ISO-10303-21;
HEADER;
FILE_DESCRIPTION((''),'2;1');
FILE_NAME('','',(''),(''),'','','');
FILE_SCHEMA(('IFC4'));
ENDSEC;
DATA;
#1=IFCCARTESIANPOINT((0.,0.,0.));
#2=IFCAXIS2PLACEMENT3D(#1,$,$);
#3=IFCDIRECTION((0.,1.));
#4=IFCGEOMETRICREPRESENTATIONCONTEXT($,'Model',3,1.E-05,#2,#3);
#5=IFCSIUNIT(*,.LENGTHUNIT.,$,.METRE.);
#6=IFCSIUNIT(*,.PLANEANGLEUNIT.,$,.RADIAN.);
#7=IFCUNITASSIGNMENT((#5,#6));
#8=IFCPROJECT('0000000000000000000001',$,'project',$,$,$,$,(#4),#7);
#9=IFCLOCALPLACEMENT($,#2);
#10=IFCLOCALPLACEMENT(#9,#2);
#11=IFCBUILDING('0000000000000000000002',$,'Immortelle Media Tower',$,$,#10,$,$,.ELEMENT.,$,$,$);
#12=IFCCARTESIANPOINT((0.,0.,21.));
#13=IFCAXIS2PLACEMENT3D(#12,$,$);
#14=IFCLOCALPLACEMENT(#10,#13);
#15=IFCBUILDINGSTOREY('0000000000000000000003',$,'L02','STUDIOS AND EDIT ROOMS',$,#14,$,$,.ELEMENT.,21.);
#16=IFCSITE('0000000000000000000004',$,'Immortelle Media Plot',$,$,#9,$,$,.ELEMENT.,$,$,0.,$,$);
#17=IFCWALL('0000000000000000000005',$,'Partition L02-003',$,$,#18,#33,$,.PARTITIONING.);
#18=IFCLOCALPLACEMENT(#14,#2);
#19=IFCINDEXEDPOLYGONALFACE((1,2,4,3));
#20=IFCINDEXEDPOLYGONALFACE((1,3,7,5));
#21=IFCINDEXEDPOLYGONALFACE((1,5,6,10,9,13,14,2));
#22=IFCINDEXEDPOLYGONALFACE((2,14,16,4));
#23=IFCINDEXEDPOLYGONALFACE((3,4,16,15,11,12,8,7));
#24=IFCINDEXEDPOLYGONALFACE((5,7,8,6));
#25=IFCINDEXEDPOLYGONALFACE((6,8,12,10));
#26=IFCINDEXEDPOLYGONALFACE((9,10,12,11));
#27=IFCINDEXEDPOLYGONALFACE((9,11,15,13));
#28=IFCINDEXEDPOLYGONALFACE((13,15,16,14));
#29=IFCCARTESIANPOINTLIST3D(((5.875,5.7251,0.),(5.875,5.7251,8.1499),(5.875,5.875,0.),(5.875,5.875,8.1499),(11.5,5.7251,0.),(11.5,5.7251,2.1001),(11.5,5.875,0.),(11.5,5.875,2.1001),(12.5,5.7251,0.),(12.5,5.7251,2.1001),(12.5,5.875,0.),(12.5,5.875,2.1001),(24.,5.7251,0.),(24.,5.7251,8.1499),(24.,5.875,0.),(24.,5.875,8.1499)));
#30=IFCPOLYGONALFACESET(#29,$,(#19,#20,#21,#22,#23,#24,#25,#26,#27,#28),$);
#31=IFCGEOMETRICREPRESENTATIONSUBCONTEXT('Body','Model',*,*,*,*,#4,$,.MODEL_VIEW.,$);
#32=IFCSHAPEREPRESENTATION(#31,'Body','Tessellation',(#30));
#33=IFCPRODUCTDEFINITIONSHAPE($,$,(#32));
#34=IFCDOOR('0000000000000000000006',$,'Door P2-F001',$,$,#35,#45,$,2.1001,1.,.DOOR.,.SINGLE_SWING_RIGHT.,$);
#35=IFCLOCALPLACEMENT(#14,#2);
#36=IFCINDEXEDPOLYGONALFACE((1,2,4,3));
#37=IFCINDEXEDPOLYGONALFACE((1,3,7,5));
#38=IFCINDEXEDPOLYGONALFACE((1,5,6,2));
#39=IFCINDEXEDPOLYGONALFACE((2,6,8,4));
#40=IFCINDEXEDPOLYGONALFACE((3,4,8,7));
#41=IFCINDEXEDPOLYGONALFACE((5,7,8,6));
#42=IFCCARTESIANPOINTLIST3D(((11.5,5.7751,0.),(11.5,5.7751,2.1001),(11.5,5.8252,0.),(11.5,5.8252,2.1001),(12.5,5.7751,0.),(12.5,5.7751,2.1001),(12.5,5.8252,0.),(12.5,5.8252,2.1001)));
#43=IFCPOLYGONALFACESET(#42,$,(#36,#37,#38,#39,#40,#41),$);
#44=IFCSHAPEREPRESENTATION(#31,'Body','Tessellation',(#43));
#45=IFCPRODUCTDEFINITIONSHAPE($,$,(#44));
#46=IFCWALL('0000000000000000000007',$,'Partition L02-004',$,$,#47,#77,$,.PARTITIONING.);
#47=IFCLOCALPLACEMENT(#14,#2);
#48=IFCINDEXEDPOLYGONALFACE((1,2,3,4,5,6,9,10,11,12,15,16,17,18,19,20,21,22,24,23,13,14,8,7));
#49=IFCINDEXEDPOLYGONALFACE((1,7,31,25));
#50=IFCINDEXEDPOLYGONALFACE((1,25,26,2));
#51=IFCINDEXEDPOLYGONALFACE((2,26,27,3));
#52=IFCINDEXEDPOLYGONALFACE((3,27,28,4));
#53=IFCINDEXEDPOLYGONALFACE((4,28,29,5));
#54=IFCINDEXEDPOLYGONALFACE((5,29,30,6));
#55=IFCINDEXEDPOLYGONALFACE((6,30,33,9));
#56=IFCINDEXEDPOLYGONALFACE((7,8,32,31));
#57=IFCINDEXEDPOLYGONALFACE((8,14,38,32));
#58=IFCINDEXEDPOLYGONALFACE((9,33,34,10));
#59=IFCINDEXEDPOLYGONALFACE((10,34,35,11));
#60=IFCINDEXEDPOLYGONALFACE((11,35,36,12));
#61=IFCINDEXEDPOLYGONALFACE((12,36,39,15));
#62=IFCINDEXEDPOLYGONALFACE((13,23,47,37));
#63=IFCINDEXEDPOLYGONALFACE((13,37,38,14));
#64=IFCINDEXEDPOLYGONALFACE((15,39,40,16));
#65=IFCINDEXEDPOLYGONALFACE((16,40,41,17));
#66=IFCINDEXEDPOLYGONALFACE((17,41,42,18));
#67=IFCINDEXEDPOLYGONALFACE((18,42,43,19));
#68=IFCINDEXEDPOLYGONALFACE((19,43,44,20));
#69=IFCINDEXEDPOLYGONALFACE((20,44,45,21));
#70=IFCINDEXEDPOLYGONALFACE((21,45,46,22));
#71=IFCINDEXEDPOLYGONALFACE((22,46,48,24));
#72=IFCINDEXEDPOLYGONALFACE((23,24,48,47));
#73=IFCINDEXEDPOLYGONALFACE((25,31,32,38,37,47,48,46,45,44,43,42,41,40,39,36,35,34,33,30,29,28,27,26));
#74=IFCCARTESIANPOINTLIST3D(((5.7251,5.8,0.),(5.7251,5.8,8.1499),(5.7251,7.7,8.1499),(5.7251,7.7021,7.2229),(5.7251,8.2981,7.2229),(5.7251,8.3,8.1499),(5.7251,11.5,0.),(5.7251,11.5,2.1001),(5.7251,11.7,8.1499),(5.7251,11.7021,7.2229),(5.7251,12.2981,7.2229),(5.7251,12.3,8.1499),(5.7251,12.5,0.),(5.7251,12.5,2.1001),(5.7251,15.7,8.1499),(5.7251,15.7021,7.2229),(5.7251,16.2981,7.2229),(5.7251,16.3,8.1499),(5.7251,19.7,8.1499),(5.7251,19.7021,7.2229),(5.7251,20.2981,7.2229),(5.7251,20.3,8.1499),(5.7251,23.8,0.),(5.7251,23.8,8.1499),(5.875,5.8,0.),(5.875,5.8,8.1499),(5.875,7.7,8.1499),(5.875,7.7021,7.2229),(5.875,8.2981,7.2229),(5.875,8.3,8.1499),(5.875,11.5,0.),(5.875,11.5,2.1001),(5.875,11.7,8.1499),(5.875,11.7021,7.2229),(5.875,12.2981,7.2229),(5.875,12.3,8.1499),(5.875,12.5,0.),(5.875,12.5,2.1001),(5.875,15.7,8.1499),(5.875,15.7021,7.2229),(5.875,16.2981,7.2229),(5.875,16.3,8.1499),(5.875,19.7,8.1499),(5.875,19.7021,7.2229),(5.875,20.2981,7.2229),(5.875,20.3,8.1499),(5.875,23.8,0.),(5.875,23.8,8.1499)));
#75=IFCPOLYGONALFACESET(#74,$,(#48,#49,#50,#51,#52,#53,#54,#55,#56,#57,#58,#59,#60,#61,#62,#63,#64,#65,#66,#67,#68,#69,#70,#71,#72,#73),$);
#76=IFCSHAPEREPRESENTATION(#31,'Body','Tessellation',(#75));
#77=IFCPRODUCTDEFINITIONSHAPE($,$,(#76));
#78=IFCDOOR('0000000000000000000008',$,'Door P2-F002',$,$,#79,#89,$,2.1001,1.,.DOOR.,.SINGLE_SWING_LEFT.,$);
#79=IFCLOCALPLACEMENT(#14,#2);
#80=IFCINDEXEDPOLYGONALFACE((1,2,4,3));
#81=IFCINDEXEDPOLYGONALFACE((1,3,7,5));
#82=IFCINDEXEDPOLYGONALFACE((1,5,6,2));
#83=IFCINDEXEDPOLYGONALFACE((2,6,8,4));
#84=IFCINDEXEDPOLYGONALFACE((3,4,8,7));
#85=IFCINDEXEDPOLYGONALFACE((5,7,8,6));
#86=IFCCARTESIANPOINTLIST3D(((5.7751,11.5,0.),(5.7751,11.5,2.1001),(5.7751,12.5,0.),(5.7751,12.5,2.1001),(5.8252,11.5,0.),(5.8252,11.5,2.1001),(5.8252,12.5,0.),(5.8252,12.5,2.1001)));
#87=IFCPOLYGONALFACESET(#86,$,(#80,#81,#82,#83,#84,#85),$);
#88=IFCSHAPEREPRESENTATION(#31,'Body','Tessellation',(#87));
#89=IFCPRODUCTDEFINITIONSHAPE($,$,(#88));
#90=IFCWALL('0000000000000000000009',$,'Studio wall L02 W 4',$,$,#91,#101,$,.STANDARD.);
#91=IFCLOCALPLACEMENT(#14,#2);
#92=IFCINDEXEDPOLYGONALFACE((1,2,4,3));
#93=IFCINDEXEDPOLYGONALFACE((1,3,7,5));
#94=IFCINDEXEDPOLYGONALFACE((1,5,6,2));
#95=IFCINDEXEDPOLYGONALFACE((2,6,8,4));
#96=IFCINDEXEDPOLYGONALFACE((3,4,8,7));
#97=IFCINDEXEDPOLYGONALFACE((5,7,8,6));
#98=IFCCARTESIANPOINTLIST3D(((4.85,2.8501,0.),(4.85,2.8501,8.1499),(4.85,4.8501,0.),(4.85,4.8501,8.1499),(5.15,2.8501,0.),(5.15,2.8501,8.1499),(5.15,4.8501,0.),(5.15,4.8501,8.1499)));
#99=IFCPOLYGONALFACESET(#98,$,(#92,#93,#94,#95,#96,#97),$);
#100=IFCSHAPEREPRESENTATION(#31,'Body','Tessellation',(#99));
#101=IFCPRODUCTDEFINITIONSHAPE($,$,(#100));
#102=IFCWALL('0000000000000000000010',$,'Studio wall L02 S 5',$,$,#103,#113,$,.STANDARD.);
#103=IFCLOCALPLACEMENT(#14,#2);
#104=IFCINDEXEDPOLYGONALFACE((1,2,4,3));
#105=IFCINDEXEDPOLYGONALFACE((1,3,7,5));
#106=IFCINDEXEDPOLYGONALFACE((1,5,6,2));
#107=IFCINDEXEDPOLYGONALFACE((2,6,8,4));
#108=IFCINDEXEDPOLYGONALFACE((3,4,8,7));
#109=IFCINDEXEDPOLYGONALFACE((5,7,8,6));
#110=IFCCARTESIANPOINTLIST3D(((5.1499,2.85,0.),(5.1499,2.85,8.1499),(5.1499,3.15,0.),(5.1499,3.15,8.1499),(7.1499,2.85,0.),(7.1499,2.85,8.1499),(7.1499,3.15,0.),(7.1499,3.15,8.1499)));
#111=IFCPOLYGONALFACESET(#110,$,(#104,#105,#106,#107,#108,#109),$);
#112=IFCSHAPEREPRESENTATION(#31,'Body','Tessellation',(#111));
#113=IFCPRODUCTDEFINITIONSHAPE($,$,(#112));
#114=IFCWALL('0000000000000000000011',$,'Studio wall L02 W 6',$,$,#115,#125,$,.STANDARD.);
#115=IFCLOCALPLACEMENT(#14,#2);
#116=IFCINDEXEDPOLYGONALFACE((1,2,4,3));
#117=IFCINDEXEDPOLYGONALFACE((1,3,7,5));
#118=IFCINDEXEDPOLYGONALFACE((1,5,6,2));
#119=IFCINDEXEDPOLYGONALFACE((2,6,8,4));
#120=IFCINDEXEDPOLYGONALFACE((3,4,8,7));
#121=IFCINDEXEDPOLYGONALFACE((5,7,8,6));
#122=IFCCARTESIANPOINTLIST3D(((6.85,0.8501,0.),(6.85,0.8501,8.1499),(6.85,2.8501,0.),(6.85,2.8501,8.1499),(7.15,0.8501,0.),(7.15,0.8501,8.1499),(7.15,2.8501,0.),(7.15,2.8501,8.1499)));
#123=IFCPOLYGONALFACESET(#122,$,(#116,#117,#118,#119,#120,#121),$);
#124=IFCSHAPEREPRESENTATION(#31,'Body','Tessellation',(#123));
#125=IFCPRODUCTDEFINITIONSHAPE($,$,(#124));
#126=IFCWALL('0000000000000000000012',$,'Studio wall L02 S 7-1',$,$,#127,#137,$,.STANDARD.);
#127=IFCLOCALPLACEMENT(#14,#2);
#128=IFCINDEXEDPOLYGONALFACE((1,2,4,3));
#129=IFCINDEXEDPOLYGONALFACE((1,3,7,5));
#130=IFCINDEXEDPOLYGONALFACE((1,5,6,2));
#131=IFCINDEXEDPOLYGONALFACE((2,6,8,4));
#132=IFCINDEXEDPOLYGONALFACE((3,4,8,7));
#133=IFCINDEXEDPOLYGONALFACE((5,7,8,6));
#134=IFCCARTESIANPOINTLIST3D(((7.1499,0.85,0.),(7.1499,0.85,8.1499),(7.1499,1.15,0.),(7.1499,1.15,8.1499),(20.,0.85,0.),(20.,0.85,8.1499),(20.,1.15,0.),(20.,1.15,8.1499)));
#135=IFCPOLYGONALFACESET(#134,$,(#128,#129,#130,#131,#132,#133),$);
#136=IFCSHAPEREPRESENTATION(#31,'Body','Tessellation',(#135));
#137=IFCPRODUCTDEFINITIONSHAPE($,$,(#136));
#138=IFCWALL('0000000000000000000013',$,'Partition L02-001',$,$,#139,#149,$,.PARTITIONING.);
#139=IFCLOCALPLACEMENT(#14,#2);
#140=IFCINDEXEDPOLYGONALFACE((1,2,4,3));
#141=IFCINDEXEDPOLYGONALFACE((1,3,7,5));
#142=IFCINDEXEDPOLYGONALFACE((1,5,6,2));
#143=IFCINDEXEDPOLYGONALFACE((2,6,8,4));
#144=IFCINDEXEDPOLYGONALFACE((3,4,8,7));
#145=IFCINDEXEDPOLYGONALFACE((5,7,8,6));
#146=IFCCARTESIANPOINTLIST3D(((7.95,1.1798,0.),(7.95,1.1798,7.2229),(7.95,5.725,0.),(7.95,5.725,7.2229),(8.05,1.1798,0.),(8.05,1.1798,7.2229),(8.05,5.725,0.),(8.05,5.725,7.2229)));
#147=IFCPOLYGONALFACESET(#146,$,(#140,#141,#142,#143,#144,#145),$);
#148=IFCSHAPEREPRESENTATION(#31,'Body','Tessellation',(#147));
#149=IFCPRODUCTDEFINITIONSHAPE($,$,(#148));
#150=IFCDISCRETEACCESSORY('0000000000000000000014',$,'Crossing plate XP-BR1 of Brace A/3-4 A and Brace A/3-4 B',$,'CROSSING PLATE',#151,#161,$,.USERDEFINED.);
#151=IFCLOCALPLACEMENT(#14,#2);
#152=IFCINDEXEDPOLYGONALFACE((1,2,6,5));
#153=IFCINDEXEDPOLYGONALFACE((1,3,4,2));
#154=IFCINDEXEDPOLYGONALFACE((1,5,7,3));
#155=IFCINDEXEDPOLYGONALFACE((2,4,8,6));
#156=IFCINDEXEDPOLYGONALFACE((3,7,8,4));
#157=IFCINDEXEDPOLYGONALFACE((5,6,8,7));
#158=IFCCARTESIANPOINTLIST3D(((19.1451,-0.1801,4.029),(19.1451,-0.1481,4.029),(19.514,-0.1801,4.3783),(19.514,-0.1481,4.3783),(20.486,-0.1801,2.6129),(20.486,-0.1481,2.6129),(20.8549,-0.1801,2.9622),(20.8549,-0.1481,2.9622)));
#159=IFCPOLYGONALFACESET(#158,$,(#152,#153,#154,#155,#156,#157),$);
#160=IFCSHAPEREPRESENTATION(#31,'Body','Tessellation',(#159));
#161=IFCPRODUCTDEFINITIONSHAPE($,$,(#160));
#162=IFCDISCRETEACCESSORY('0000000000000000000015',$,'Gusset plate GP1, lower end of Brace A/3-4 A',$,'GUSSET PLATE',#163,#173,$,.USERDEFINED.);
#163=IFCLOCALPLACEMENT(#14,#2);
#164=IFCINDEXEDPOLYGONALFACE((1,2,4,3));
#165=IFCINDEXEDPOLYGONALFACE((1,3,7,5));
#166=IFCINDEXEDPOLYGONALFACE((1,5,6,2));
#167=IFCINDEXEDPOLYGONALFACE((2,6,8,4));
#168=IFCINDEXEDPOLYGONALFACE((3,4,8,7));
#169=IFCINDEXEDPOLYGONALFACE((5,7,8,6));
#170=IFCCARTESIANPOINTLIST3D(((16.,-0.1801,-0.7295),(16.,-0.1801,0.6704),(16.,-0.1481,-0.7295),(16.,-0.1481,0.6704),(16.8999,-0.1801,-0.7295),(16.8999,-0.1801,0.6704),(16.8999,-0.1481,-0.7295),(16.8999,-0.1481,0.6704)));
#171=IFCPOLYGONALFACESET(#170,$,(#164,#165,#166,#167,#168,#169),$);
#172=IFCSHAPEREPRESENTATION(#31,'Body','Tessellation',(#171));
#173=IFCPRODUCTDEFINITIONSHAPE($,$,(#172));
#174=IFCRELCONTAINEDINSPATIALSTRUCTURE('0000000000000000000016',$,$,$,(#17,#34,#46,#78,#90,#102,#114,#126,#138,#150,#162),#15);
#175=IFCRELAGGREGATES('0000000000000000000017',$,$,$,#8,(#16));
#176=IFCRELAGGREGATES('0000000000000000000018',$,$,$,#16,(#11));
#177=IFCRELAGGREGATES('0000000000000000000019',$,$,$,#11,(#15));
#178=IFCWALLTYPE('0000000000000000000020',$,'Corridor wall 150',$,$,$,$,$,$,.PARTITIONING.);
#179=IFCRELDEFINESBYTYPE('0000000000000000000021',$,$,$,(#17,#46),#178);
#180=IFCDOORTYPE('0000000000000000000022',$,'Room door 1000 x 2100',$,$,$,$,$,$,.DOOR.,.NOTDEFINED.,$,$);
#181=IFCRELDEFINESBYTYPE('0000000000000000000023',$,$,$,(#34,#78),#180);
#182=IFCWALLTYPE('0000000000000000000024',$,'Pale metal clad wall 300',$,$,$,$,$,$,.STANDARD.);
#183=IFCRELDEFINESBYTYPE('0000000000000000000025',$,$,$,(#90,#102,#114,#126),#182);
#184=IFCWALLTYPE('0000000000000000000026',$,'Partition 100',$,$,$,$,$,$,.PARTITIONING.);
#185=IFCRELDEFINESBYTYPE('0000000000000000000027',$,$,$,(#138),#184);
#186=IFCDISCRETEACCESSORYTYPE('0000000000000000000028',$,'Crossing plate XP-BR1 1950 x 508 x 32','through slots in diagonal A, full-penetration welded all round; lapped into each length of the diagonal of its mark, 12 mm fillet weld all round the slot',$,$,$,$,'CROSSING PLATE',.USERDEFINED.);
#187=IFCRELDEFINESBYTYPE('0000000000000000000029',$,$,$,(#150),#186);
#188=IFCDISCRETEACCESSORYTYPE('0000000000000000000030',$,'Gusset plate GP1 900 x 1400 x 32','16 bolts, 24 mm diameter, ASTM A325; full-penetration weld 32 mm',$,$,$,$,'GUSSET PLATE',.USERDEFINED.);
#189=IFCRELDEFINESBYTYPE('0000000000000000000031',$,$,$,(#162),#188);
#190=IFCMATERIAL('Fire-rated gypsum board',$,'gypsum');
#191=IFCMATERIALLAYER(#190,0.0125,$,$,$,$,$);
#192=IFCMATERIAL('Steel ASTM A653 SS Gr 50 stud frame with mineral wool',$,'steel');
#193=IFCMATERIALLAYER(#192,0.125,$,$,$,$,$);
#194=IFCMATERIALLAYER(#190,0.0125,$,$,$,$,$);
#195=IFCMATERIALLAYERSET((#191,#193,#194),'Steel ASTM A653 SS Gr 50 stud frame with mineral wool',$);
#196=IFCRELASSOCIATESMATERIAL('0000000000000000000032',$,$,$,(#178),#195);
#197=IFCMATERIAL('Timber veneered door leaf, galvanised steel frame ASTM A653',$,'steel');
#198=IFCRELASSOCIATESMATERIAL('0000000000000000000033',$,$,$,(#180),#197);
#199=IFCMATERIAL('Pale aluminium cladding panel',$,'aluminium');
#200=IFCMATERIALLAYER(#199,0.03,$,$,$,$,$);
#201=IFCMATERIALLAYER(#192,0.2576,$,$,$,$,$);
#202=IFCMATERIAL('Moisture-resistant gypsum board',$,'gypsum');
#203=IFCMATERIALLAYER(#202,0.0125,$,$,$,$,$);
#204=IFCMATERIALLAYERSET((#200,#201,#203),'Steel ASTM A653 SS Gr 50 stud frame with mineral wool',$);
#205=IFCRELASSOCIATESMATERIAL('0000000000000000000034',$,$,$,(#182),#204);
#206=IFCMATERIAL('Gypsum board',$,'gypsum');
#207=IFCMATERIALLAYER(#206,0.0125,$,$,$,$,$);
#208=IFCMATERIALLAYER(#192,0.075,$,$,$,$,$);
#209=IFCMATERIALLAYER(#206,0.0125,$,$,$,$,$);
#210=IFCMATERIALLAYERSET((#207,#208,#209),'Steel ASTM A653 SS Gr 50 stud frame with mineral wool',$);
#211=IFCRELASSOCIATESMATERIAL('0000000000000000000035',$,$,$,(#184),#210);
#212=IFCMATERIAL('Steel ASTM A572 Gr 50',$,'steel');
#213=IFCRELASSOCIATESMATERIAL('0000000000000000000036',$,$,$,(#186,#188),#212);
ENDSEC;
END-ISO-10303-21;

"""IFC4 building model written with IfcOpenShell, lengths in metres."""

from ifc_helpers import new_model, si_unit, direction, frame, frame_2d, origin, origin_2d, place, context, subcontext, project, spatial, polyline, rectangle, outline, extrude, material, layer, layer_set, material_profile, profile_set, type_object, element, fill, save


model = new_model("IFC4")

# Units and contexts
model_context = context("Model", 3, precision=1e-05, world=origin(), true_north=direction((0.0, 1.0)))
body_context = subcontext(model_context, "Body", "Model", "MODEL_VIEW")
ifc_project = project(units=[si_unit("LENGTHUNIT", "METRE"), si_unit("PLANEANGLEUNIT", "RADIAN")], contexts=[model_context])

# Site, building, storey
site_placement = place(None, origin())
site = spatial("IfcSite", under=ifc_project, at=site_placement, Name="Immortelle Media Plot", CompositionType="ELEMENT", RefElevation=0.0)
building_placement = place(site_placement, origin())
building = spatial("IfcBuilding", under=site, at=building_placement, Name="Immortelle Media Tower", CompositionType="ELEMENT")
storey_placement = place(building_placement, frame((0.0, 0.0, 21.0)))
storey = spatial("IfcBuildingStorey", under=building, at=storey_placement, Name="L02", Description="STUDIOS AND EDIT ROOMS", CompositionType="ELEMENT", Elevation=21.0)

# Walls, openings, doors
ifc_material_1 = material(Name="Fire-rated gypsum board", Category="gypsum")
ifc_layer_1 = layer(ifc_material_1, 0.0125)
ifc_material_2 = material(Name="Steel ASTM A653 SS Gr 50 stud frame with mineral wool", Category="steel")
ifc_layer_2 = layer(ifc_material_2, 0.125)
ifc_layer_3 = layer(ifc_material_1, 0.0125)
ifc_layer_set_1 = layer_set([ifc_layer_1, ifc_layer_2, ifc_layer_3], Name="Steel ASTM A653 SS Gr 50 stud frame with mineral wool")
wall_type_1 = type_object("IfcWallType", Name="Corridor wall 150", PredefinedType="PARTITIONING", material=ifc_layer_set_1)
wall_1_placement = place(storey_placement, frame((5.875, 5.8, 0.0), z_axis=(0.0, 0.0, 1.0), x_axis=(1.0, 0.0, 0.0)))
wall_1 = element("IfcWall", 1, at=wall_1_placement, inside=storey, type_object=wall_type_1, Name="Partition L02-003", PredefinedType="PARTITIONING", context=body_context, shape_type="SweptSolid", body=[
    extrude(rectangle(XDim=18.125, YDim=0.1499, at=frame_2d((9.0625, 0.0))), origin(), (0.0, 0.0, 1.0), 8.1499),
])
opening_1_placement = place(wall_1_placement, frame((6.625, 0.0, 0.0), z_axis=(0.0, 0.0, 1.0), x_axis=(-1.0, 0.0, 0.0)))
opening_1 = element("IfcOpeningElement", 2, at=opening_1_placement, cuts=wall_1, PredefinedType="OPENING", context=body_context, shape_type="SweptSolid", body=[
    extrude(rectangle(XDim=1.0, YDim=2.1001, at=frame_2d((0.5, 1.05))), frame((0.0, 0.085, 0.0), z_axis=(0.0, -1.0, 0.0), x_axis=(1.0, 0.0, 0.0)), (0.0, 0.0, 1.0), 0.1699),
])
ifc_material_3 = material(Name="Timber veneered door leaf, galvanised steel frame ASTM A653", Category="steel")
door_type = type_object("IfcDoorType", Name="Room door 1000 x 2100", OperationType="NOTDEFINED", PredefinedType="DOOR", material=ifc_material_3)
door_1_placement = place(opening_1_placement, origin())
door_1 = element("IfcDoor", 3, at=door_1_placement, inside=storey, type_object=door_type, Name="Door P2-F001", OperationType="SINGLE_SWING_RIGHT", OverallHeight=2.1001, OverallWidth=1.0, PredefinedType="DOOR", context=body_context, shape_type="SweptSolid", body=[
    extrude(rectangle(XDim=1.0, YDim=2.1001, at=frame_2d((0.5, 1.05))), frame((0.0, 0.0249, 0.0), z_axis=(0.0, -1.0, 0.0), x_axis=(1.0, 0.0, 0.0)), (0.0, 0.0, 1.0), 0.05),
])
fill(opening_1, door_1)
wall_2_placement = place(storey_placement, frame((5.8, 5.8, 0.0), z_axis=(0.0, 0.0, 1.0), x_axis=(0.0, 1.0, 0.0)))
wall_2 = element("IfcWall", 4, at=wall_2_placement, inside=storey, type_object=wall_type_1, Name="Partition L02-004", PredefinedType="PARTITIONING", context=body_context, shape_type="SweptSolid", body=[
    extrude(outline(polyline([(0.0, 0.0), (18.0, 0.0), (18.0, 8.1499), (14.5, 8.1499), (14.498, 7.2229), (13.9021, 7.2229), (13.8999, 8.1499), (10.5, 8.1499), (10.498, 7.2229), (9.9021, 7.2229), (9.8999, 8.1499), (6.5, 8.1499), (6.498, 7.2229), (5.9021, 7.2229), (5.8999, 8.1499), (2.5, 8.1499), (2.498, 7.2229), (1.9021, 7.2229), (1.8999, 8.1499), (0.0, 8.1499), (0.0, 0.0)])), frame((0.0, 0.075, 0.0), z_axis=(0.0, -1.0, 0.0), x_axis=(1.0, 0.0, 0.0)), (0.0, 0.0, 1.0), 0.1499),
])
opening_2_placement = place(wall_2_placement, frame((5.7, 0.0, 0.0)))
opening_2 = element("IfcOpeningElement", 5, at=opening_2_placement, cuts=wall_2, PredefinedType="OPENING", context=body_context, shape_type="SweptSolid", body=[
    extrude(rectangle(XDim=1.0, YDim=2.1001, at=frame_2d((0.5, 1.05))), frame((0.0, 0.085, 0.0), z_axis=(0.0, -1.0, 0.0), x_axis=(1.0, 0.0, 0.0)), (0.0, 0.0, 1.0), 0.1699),
])
door_2_placement = place(opening_2_placement, origin())
door_2 = element("IfcDoor", 6, at=door_2_placement, inside=storey, type_object=door_type, Name="Door P2-F002", OperationType="SINGLE_SWING_LEFT", OverallHeight=2.1001, OverallWidth=1.0, PredefinedType="DOOR", context=body_context, shape_type="SweptSolid", body=[
    extrude(rectangle(XDim=1.0, YDim=2.1001, at=frame_2d((0.5, 1.05))), frame((0.0, 0.0249, 0.0), z_axis=(0.0, -1.0, 0.0), x_axis=(1.0, 0.0, 0.0)), (0.0, 0.0, 1.0), 0.05),
])
fill(opening_2, door_2)

# Walls
ifc_material_4 = material(Name="Pale aluminium cladding panel", Category="aluminium")
ifc_layer_4 = layer(ifc_material_4, 0.03)
ifc_layer_5 = layer(ifc_material_2, 0.2576)
ifc_material_5 = material(Name="Moisture-resistant gypsum board", Category="gypsum")
ifc_layer_6 = layer(ifc_material_5, 0.0125)
ifc_layer_set_2 = layer_set([ifc_layer_4, ifc_layer_5, ifc_layer_6], Name="Steel ASTM A653 SS Gr 50 stud frame with mineral wool")
wall_type_2 = type_object("IfcWallType", Name="Pale metal clad wall 300", PredefinedType="STANDARD", material=ifc_layer_set_2)
for number, where, z_axis, x_axis, name in (
    (7, (5.0, 4.8501, 0.0), (0.0, 0.0, 1.0), (0.0, -1.0, 0.0), "Studio wall L02 W 4"),
    (8, (5.1499, 3.0, 0.0), (0.0, 0.0, 1.0), (1.0, 0.0, 0.0), "Studio wall L02 S 5"),
    (9, (7.0, 2.8501, 0.0), (0.0, 0.0, 1.0), (0.0, -1.0, 0.0), "Studio wall L02 W 6"),
):
    element("IfcWall", number, at=place(storey_placement, frame(where, z_axis=z_axis, x_axis=x_axis)), inside=storey, type_object=wall_type_2, Name=name, PredefinedType="STANDARD", context=body_context, shape_type="SweptSolid", body=[
        extrude(rectangle(XDim=2.0, YDim=0.3, at=frame_2d((1.0, 0.0))), origin(), (0.0, 0.0, 1.0), 8.1499),
    ])
wall_3_placement = place(storey_placement, frame((7.1499, 1.0, 0.0), z_axis=(0.0, 0.0, 1.0), x_axis=(1.0, 0.0, 0.0)))
element("IfcWall", 10, at=wall_3_placement, inside=storey, type_object=wall_type_2, Name="Studio wall L02 S 7-1", PredefinedType="STANDARD", context=body_context, shape_type="SweptSolid", body=[
    extrude(rectangle(XDim=12.8501, YDim=0.3, at=frame_2d((6.425, 0.0))), origin(), (0.0, 0.0, 1.0), 8.1499),
])
ifc_material_6 = material(Name="Gypsum board", Category="gypsum")
ifc_layer_7 = layer(ifc_material_6, 0.0125)
ifc_layer_8 = layer(ifc_material_2, 0.075)
ifc_layer_9 = layer(ifc_material_6, 0.0125)
ifc_layer_set_3 = layer_set([ifc_layer_7, ifc_layer_8, ifc_layer_9], Name="Steel ASTM A653 SS Gr 50 stud frame with mineral wool")
wall_type_3 = type_object("IfcWallType", Name="Partition 100", PredefinedType="PARTITIONING", material=ifc_layer_set_3)
wall_4_placement = place(storey_placement, frame((8.0, 1.1799, 0.0), z_axis=(0.0, 0.0, 1.0), x_axis=(0.0, 1.0, 0.0)))
element("IfcWall", 11, at=wall_4_placement, inside=storey, type_object=wall_type_3, Name="Partition L02-001", PredefinedType="PARTITIONING", context=body_context, shape_type="SweptSolid", body=[
    extrude(rectangle(XDim=4.5452, YDim=0.1001, at=frame_2d((2.2725, 0.0))), origin(), (0.0, 0.0, 1.0), 7.2229),
])

# Discrete accessories
ifc_material_7 = material(Name="Steel ASTM A572 Gr 50", Category="steel")
ifc_material_profile_1 = material_profile(ifc_material_7, rectangle(XDim=0.032, YDim=0.5081, at=origin_2d()), Name="PL 32 x 508")
ifc_profile_set_1 = profile_set([ifc_material_profile_1], Name="Steel ASTM A572 Gr 50")
discrete_accessory_type_1 = type_object("IfcDiscreteAccessoryType", Name="Crossing plate XP-BR1 1950 x 508 x 32", Description="through slots in diagonal A, full-penetration welded all round; lapped into each length of the diagonal of its mark, 12 mm fillet weld all round the slot", ElementType="CROSSING PLATE", PredefinedType="USERDEFINED", material=ifc_profile_set_1)
discrete_accessory_placement = place(storey_placement, frame((19.3296, -0.1641, 4.2036), z_axis=(0.687564, 0.0, -0.726124), x_axis=(0.0, 1.0, 0.0)))
element("IfcDiscreteAccessory", 12, at=discrete_accessory_placement, inside=storey, type_object=discrete_accessory_type_1, Name="Crossing plate XP-BR1 of Brace A/3-4 A and Brace A/3-4 B", ObjectType="CROSSING PLATE", PredefinedType="USERDEFINED", context=body_context, shape_type="SweptSolid", body=[
    extrude(rectangle(XDim=0.032, YDim=0.5081, at=origin_2d()), origin(), (0.0, 0.0, 1.0), 1.9502),
])
ifc_material_profile_2 = material_profile(ifc_material_7, rectangle(XDim=0.032, YDim=1.3999, at=origin_2d()), Name="PL 32 x 1400")
ifc_profile_set_2 = profile_set([ifc_material_profile_2], Name="Steel ASTM A572 Gr 50")
discrete_accessory_type_2 = type_object("IfcDiscreteAccessoryType", Name="Gusset plate GP1 900 x 1400 x 32", Description="16 bolts, 24 mm diameter, ASTM A325; full-penetration weld 32 mm", ElementType="GUSSET PLATE", PredefinedType="USERDEFINED", material=ifc_profile_set_2)
for number, where, z_axis, x_axis, name in (
    (13, (16.0, -0.1641, -0.0295), (1.0, 0.0, 0.0), (0.0, 1.0, 0.0), "Gusset plate GP1, lower end of Brace A/3-4 A"),
):
    element("IfcDiscreteAccessory", number, at=place(storey_placement, frame(where, z_axis=z_axis, x_axis=x_axis)), inside=storey, type_object=discrete_accessory_type_2, Name=name, ObjectType="GUSSET PLATE", PredefinedType="USERDEFINED", context=body_context, shape_type="SweptSolid", body=[
        extrude(rectangle(XDim=0.032, YDim=1.3999, at=origin_2d()), origin(), (0.0, 0.0, 1.0), 0.8999),
    ])

save(model, "model.ifc")
